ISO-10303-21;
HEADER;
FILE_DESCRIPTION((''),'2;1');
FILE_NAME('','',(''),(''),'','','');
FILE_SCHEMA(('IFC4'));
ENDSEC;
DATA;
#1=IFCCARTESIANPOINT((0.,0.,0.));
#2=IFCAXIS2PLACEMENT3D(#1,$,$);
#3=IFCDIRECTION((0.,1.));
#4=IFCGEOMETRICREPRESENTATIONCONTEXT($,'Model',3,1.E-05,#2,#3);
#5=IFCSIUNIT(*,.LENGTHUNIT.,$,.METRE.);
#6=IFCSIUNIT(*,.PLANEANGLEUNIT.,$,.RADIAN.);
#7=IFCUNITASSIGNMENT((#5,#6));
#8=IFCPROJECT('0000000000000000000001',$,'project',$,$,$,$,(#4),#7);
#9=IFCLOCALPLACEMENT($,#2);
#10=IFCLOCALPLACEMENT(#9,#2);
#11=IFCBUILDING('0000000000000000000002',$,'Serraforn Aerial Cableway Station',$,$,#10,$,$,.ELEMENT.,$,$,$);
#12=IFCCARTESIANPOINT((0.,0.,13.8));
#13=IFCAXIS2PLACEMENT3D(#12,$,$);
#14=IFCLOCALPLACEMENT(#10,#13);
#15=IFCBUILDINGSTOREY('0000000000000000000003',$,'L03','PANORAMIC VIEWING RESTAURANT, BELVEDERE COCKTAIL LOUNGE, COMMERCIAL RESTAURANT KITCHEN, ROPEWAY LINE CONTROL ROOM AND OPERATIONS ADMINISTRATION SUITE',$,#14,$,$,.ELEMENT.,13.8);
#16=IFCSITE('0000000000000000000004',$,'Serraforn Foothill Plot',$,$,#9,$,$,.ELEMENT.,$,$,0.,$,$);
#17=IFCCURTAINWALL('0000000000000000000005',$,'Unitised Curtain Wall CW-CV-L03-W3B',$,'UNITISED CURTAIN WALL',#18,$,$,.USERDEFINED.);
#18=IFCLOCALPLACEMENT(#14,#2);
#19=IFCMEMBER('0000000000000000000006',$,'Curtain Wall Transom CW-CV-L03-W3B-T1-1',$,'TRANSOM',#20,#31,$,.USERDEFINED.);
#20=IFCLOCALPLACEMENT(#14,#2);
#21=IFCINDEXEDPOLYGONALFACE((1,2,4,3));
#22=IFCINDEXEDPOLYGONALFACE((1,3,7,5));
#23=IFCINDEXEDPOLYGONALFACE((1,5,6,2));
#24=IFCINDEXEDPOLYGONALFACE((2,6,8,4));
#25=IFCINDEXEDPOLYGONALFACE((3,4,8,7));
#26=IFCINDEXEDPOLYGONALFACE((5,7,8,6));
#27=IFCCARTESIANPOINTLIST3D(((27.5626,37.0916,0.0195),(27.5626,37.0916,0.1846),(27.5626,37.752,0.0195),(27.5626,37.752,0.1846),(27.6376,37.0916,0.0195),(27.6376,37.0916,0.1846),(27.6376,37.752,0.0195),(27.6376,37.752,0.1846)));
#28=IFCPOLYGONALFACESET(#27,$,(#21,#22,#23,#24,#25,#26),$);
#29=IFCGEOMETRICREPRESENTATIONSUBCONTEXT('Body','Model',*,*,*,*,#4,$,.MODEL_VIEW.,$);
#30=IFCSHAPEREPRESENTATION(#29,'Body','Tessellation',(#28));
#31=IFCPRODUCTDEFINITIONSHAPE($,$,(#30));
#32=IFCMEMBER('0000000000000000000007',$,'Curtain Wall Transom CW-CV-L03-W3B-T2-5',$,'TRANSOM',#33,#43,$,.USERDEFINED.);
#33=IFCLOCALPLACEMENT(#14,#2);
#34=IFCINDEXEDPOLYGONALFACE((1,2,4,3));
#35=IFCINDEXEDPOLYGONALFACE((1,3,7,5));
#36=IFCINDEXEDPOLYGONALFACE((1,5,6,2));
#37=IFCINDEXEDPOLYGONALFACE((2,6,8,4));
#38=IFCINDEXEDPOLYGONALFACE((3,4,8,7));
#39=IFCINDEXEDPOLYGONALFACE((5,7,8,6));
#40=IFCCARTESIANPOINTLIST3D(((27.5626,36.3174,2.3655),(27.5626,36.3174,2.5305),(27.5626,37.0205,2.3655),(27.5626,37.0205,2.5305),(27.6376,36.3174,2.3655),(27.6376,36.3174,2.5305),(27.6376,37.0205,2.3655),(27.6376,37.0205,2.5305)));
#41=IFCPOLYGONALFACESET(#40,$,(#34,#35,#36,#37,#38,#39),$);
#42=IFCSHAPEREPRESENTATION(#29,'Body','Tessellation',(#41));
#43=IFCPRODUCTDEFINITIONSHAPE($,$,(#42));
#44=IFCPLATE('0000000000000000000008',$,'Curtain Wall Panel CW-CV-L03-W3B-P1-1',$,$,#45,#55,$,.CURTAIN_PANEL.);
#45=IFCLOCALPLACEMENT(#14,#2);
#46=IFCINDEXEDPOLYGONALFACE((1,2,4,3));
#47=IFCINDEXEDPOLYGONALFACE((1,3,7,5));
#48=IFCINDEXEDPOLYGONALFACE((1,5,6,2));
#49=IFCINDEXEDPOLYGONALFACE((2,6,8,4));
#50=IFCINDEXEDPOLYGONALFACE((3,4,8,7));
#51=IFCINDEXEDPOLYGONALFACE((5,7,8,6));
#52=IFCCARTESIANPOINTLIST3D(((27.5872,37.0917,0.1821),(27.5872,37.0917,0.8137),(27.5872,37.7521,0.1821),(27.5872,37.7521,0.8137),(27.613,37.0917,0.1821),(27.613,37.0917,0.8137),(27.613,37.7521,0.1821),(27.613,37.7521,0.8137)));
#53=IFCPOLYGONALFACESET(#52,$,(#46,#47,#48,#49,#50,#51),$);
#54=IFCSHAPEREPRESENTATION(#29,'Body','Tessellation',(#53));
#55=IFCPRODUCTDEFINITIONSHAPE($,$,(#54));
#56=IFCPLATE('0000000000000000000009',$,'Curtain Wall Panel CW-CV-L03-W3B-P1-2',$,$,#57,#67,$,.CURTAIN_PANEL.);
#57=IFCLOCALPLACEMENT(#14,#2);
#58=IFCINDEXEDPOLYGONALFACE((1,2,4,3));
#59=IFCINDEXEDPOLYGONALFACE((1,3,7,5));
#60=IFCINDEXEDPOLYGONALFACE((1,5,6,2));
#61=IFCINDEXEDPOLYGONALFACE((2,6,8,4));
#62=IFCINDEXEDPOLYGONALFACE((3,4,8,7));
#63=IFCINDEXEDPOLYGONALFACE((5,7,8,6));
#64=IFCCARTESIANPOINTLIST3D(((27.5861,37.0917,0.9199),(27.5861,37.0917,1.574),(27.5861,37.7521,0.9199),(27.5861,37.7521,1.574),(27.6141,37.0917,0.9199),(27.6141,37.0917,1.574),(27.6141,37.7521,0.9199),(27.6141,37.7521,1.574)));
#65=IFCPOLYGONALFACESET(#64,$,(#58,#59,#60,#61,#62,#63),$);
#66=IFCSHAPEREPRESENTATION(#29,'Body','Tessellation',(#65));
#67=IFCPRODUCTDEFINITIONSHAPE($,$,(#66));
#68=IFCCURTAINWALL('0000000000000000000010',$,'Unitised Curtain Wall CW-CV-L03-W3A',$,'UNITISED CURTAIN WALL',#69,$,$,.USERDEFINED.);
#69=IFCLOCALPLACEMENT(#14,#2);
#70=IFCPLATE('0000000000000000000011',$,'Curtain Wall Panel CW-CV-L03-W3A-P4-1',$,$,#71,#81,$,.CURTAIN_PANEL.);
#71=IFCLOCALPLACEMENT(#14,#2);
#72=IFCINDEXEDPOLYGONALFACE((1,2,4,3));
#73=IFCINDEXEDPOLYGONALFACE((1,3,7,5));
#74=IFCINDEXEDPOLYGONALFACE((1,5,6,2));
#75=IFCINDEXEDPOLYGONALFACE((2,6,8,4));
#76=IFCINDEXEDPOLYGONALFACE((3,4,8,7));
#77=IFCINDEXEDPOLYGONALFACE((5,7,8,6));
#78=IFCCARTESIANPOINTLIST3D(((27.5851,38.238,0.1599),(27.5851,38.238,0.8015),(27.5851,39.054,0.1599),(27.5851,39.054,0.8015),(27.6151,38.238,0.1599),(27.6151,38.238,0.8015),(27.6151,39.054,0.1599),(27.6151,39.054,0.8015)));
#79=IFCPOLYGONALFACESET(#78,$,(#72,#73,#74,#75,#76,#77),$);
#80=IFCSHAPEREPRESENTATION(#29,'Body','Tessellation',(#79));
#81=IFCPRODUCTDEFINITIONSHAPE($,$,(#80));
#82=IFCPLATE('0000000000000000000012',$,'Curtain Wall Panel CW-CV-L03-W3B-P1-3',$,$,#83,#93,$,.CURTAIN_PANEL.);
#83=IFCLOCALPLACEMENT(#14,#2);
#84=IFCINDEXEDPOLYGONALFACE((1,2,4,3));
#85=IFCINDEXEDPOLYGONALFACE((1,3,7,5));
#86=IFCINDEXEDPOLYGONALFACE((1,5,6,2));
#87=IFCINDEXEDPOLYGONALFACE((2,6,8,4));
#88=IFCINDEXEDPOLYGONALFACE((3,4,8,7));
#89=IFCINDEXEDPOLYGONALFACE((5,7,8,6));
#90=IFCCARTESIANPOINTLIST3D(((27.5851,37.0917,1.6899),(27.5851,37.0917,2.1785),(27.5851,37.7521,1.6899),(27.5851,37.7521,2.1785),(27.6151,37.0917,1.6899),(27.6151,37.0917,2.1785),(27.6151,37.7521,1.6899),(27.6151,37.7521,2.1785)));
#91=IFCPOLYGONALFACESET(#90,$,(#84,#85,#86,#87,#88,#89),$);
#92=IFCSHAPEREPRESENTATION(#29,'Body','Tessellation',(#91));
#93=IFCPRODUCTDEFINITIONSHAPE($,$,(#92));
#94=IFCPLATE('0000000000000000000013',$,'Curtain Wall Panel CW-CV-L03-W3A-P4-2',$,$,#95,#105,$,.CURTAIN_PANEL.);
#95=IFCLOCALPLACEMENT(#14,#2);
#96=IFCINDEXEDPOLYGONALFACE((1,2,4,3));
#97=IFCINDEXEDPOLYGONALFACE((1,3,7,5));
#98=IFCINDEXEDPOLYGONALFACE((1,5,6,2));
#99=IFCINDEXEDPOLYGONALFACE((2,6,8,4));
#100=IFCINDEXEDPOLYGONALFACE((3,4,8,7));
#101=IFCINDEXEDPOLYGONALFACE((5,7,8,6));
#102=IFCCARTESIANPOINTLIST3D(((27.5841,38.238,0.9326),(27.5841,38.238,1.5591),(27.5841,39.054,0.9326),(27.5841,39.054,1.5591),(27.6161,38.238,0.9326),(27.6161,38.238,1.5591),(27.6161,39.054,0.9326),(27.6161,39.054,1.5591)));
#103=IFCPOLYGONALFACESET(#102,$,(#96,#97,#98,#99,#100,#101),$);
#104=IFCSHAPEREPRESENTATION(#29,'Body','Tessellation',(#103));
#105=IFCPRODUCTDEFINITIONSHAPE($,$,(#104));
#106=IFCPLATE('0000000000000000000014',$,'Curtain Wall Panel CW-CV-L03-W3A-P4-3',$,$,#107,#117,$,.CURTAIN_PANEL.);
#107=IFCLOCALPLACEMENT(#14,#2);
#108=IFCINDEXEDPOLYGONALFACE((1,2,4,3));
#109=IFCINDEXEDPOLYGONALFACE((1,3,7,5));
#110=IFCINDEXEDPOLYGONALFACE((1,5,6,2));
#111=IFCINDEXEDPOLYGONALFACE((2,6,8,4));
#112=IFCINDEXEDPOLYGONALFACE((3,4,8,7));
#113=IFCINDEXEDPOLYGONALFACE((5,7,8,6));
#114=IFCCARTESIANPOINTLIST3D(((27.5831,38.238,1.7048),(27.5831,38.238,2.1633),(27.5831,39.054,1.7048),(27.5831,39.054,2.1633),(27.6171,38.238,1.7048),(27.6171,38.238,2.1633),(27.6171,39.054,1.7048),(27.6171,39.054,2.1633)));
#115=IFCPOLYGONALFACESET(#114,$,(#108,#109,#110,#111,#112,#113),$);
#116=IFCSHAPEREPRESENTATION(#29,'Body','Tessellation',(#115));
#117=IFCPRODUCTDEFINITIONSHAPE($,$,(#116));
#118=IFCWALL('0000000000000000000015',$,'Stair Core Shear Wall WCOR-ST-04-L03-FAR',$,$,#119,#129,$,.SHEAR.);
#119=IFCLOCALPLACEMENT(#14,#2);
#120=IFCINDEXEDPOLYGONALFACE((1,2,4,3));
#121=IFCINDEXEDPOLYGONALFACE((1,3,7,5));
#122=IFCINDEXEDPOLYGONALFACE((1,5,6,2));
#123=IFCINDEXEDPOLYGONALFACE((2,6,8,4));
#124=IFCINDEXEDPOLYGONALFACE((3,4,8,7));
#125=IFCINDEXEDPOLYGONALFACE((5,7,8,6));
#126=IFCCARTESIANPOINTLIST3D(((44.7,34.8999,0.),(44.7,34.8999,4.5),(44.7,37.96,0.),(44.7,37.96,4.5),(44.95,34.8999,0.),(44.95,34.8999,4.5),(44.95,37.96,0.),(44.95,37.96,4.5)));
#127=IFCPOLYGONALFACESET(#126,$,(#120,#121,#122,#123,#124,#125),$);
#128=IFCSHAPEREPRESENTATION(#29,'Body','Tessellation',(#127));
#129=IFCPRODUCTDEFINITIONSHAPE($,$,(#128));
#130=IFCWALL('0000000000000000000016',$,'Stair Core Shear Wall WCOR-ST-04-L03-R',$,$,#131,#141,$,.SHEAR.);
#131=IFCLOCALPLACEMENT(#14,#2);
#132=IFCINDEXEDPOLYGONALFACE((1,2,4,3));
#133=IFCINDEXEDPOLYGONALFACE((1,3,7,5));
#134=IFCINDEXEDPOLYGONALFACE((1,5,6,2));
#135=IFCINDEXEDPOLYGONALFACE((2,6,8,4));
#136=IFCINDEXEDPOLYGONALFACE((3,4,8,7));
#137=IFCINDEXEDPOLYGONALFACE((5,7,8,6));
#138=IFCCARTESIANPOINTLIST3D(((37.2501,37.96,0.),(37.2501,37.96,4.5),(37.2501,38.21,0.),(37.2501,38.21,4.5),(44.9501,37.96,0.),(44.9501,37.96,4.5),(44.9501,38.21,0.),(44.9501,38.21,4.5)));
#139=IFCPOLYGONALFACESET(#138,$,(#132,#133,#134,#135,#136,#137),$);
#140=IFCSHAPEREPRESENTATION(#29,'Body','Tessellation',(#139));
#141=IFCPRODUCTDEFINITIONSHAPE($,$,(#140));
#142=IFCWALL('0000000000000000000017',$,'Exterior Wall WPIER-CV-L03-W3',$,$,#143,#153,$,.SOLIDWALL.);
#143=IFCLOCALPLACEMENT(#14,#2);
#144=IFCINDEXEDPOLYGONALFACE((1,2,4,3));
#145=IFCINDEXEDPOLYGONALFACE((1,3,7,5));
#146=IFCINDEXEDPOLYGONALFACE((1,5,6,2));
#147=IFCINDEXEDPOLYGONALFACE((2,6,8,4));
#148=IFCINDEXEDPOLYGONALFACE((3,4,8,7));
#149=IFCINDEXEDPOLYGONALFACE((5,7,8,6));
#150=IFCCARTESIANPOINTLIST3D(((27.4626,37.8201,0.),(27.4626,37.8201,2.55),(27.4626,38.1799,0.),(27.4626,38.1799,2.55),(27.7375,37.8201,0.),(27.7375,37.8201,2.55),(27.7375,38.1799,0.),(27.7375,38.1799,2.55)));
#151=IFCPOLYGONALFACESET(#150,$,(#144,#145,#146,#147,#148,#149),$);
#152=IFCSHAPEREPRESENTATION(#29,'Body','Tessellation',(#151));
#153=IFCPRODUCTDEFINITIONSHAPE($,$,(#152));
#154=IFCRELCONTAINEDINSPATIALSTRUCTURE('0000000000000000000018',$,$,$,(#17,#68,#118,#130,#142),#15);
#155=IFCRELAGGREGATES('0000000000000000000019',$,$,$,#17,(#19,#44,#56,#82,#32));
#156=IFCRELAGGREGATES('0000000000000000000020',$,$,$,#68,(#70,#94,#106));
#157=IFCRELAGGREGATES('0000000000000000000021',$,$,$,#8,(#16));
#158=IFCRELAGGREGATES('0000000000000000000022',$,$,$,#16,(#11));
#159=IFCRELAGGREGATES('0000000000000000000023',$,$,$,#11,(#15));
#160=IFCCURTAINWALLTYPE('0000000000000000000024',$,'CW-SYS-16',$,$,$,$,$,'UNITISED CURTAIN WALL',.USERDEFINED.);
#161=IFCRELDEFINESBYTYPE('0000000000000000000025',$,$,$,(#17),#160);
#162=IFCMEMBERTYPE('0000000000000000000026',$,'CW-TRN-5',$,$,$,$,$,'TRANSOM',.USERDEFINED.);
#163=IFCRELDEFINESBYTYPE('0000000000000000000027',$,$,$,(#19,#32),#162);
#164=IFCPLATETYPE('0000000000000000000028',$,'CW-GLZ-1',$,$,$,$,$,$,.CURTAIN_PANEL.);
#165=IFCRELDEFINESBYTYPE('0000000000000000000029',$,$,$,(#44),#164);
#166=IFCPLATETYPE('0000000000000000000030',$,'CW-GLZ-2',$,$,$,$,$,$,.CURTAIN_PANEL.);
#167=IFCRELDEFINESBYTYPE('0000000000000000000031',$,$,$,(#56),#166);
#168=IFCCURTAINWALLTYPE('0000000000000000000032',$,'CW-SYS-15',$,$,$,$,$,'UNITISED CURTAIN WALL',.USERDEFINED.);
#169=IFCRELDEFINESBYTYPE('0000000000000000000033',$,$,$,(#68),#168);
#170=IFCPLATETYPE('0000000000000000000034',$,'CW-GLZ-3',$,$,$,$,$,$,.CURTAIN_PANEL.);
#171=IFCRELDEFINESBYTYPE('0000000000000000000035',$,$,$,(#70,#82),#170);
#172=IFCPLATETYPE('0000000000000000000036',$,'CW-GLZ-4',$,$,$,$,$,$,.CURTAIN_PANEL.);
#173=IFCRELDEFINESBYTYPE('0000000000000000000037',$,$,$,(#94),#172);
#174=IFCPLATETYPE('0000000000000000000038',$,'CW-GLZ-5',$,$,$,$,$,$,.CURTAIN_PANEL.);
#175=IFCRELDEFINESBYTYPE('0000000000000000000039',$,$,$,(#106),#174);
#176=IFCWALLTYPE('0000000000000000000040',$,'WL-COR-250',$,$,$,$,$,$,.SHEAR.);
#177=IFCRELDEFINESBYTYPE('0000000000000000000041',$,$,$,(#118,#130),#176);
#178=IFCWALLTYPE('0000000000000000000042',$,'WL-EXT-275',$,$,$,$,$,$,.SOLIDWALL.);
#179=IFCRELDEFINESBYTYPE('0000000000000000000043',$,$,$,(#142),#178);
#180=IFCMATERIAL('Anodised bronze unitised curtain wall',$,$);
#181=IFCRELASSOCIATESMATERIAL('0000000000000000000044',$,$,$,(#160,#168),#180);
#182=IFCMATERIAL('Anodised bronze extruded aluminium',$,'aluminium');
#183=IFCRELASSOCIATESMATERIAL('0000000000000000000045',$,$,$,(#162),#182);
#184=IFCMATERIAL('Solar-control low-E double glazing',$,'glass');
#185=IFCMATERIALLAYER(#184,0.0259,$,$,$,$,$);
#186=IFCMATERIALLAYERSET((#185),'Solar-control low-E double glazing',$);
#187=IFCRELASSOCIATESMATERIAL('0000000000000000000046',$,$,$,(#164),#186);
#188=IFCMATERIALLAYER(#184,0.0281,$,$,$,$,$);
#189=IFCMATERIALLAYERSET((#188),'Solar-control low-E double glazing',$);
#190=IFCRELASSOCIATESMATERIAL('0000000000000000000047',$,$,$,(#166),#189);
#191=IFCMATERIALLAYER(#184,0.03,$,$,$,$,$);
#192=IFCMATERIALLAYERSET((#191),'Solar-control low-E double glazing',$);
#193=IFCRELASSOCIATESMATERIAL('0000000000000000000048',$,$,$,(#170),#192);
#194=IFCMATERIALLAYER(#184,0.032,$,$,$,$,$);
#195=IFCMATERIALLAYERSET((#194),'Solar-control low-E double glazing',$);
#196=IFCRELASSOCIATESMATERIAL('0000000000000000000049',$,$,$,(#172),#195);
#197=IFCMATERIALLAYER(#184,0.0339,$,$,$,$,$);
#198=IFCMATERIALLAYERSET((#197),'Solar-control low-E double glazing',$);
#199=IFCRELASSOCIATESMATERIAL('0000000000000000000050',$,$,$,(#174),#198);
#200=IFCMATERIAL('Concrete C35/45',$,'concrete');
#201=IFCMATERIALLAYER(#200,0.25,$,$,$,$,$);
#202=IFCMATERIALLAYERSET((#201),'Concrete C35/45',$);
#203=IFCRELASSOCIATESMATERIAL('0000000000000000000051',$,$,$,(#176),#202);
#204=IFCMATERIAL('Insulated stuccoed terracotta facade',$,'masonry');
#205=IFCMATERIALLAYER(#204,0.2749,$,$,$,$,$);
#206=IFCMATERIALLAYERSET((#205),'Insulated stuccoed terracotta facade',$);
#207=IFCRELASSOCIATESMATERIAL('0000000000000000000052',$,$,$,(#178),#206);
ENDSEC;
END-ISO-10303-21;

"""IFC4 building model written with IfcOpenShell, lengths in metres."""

from ifc_helpers import new_model, si_unit, direction, frame, frame_2d, origin, origin_2d, place, context, subcontext, project, spatial, rectangle, extrude, material, layer, layer_set, material_profile, profile_set, type_object, element, aggregate, save


model = new_model("IFC4")

# Units and contexts
model_context = context("Model", 3, precision=1e-05, world=origin(), true_north=direction((0.0, 1.0)))
body_context = subcontext(model_context, "Body", "Model", "MODEL_VIEW")
ifc_project = project(units=[si_unit("LENGTHUNIT", "METRE"), si_unit("PLANEANGLEUNIT", "RADIAN")], contexts=[model_context])

# Site, building, storey
site_placement = place(None, origin())
site = spatial("IfcSite", under=ifc_project, at=site_placement, Name="Serraforn Foothill Plot", CompositionType="ELEMENT", RefElevation=0.0)
building_placement = place(site_placement, origin())
building = spatial("IfcBuilding", under=site, at=building_placement, Name="Serraforn Aerial Cableway Station", CompositionType="ELEMENT")
storey_placement = place(building_placement, frame((0.0, 0.0, 13.8)))
storey = spatial("IfcBuildingStorey", under=building, at=storey_placement, Name="L03", Description="PANORAMIC VIEWING RESTAURANT, BELVEDERE COCKTAIL LOUNGE, COMMERCIAL RESTAURANT KITCHEN, ROPEWAY LINE CONTROL ROOM AND OPERATIONS ADMINISTRATION SUITE", CompositionType="ELEMENT", Elevation=13.8)

# Curtain wall, members, plates
ifc_material_1 = material(Name="Anodised bronze unitised curtain wall")
curtain_wall_type_1 = type_object("IfcCurtainWallType", Name="CW-SYS-16", ElementType="UNITISED CURTAIN WALL", PredefinedType="USERDEFINED", material=ifc_material_1)
curtain_wall_1_placement = place(storey_placement, origin())
curtain_wall_1 = element("IfcCurtainWall", 1, at=curtain_wall_1_placement, inside=storey, type_object=curtain_wall_type_1, Name="Unitised Curtain Wall CW-CV-L03-W3B", ObjectType="UNITISED CURTAIN WALL", PredefinedType="USERDEFINED")
ifc_material_2 = material(Name="Anodised bronze extruded aluminium", Category="aluminium")
ifc_material_profile_1 = material_profile(ifc_material_2, rectangle(XDim=0.075, YDim=0.165, at=origin_2d()), Name="CW TRANSOM 75x165")
ifc_profile_set_1 = profile_set([ifc_material_profile_1], Name="Anodised bronze extruded aluminium")
member_type_1 = type_object("IfcMemberType", Name="CW-TRN-5", ElementType="TRANSOM", PredefinedType="USERDEFINED", material=ifc_profile_set_1)
member_1_placement = place(storey_placement, frame((27.6001, 37.752, 0.1021), z_axis=(0.0, -1.0, 0.0), x_axis=(1.0, 0.0, 0.0)))
member_1 = element("IfcMember", 2, at=member_1_placement, type_object=member_type_1, Name="Curtain Wall Transom CW-CV-L03-W3B-T1-1", ObjectType="TRANSOM", PredefinedType="USERDEFINED", context=body_context, shape_type="SweptSolid", body=[
    extrude(rectangle(XDim=0.075, YDim=0.165, at=origin_2d()), origin(), (0.0, 0.0, 1.0), 0.6604),
])
member_2_placement = place(storey_placement, frame((27.6001, 37.0205, 2.448), z_axis=(0.0, -1.0, 0.0), x_axis=(1.0, 0.0, 0.0)))
member_2 = element("IfcMember", 3, at=member_2_placement, type_object=member_type_1, Name="Curtain Wall Transom CW-CV-L03-W3B-T2-5", ObjectType="TRANSOM", PredefinedType="USERDEFINED", context=body_context, shape_type="SweptSolid", body=[
    extrude(rectangle(XDim=0.075, YDim=0.165, at=origin_2d()), origin(), (0.0, 0.0, 1.0), 0.7031),
])
ifc_material_3 = material(Name="Solar-control low-E double glazing", Category="glass")
ifc_layer_1 = layer(ifc_material_3, 0.0259)
ifc_layer_set_1 = layer_set([ifc_layer_1], Name="Solar-control low-E double glazing")
plate_type_1 = type_object("IfcPlateType", Name="CW-GLZ-1", PredefinedType="CURTAIN_PANEL", material=ifc_layer_set_1)
plate_1_placement = place(storey_placement, frame((27.6001, 37.4219, 0.1821), z_axis=(0.0, 0.0, 1.0), x_axis=(1.0, 0.0, 0.0)))
plate_1 = element("IfcPlate", 4, at=plate_1_placement, type_object=plate_type_1, Name="Curtain Wall Panel CW-CV-L03-W3B-P1-1", PredefinedType="CURTAIN_PANEL", context=body_context, shape_type="SweptSolid", body=[
    extrude(rectangle(XDim=0.0259, YDim=0.6604, at=origin_2d()), origin(), (0.0, 0.0, 1.0), 0.6316),
])
ifc_layer_2 = layer(ifc_material_3, 0.0281)
ifc_layer_set_2 = layer_set([ifc_layer_2], Name="Solar-control low-E double glazing")
plate_type_2 = type_object("IfcPlateType", Name="CW-GLZ-2", PredefinedType="CURTAIN_PANEL", material=ifc_layer_set_2)
plate_2_placement = place(storey_placement, frame((27.6001, 37.4219, 0.9199), z_axis=(0.0, 0.0, 1.0), x_axis=(1.0, 0.0, 0.0)))
plate_2 = element("IfcPlate", 5, at=plate_2_placement, type_object=plate_type_2, Name="Curtain Wall Panel CW-CV-L03-W3B-P1-2", PredefinedType="CURTAIN_PANEL", context=body_context, shape_type="SweptSolid", body=[
    extrude(rectangle(XDim=0.0281, YDim=0.6604, at=origin_2d()), origin(), (0.0, 0.0, 1.0), 0.6541),
])

# Curtain wall, plate
curtain_wall_type_2 = type_object("IfcCurtainWallType", Name="CW-SYS-15", ElementType="UNITISED CURTAIN WALL", PredefinedType="USERDEFINED", material=ifc_material_1)
curtain_wall_2_placement = place(storey_placement, origin())
curtain_wall_2 = element("IfcCurtainWall", 6, at=curtain_wall_2_placement, inside=storey, type_object=curtain_wall_type_2, Name="Unitised Curtain Wall CW-CV-L03-W3A", ObjectType="UNITISED CURTAIN WALL", PredefinedType="USERDEFINED")
ifc_layer_3 = layer(ifc_material_3, 0.03)
ifc_layer_set_3 = layer_set([ifc_layer_3], Name="Solar-control low-E double glazing")
plate_type_3 = type_object("IfcPlateType", Name="CW-GLZ-3", PredefinedType="CURTAIN_PANEL", material=ifc_layer_set_3)
plate_3_placement = place(storey_placement, frame((27.6001, 38.646, 0.1599), z_axis=(0.0, 0.0, 1.0), x_axis=(1.0, 0.0, 0.0)))
plate_3 = element("IfcPlate", 7, at=plate_3_placement, type_object=plate_type_3, Name="Curtain Wall Panel CW-CV-L03-W3A-P4-1", PredefinedType="CURTAIN_PANEL", context=body_context, shape_type="SweptSolid", body=[
    extrude(rectangle(XDim=0.03, YDim=0.8159, at=origin_2d()), origin(), (0.0, 0.0, 1.0), 0.6416),
])

# Plates
plate_4_placement = place(storey_placement, frame((27.6001, 37.4219, 1.6899), z_axis=(0.0, 0.0, 1.0), x_axis=(1.0, 0.0, 0.0)))
plate_4 = element("IfcPlate", 8, at=plate_4_placement, type_object=plate_type_3, Name="Curtain Wall Panel CW-CV-L03-W3B-P1-3", PredefinedType="CURTAIN_PANEL", context=body_context, shape_type="SweptSolid", body=[
    extrude(rectangle(XDim=0.03, YDim=0.6604, at=origin_2d()), origin(), (0.0, 0.0, 1.0), 0.4885),
])
aggregate(curtain_wall_1, [member_1, plate_1, plate_2, plate_4, member_2])
ifc_layer_4 = layer(ifc_material_3, 0.032)
ifc_layer_set_4 = layer_set([ifc_layer_4], Name="Solar-control low-E double glazing")
plate_type_4 = type_object("IfcPlateType", Name="CW-GLZ-4", PredefinedType="CURTAIN_PANEL", material=ifc_layer_set_4)
plate_5_placement = place(storey_placement, frame((27.6001, 38.646, 0.9326), z_axis=(0.0, 0.0, 1.0), x_axis=(1.0, 0.0, 0.0)))
plate_5 = element("IfcPlate", 9, at=plate_5_placement, type_object=plate_type_4, Name="Curtain Wall Panel CW-CV-L03-W3A-P4-2", PredefinedType="CURTAIN_PANEL", context=body_context, shape_type="SweptSolid", body=[
    extrude(rectangle(XDim=0.032, YDim=0.8159, at=origin_2d()), origin(), (0.0, 0.0, 1.0), 0.6265),
])
ifc_layer_5 = layer(ifc_material_3, 0.0339)
ifc_layer_set_5 = layer_set([ifc_layer_5], Name="Solar-control low-E double glazing")
plate_type_5 = type_object("IfcPlateType", Name="CW-GLZ-5", PredefinedType="CURTAIN_PANEL", material=ifc_layer_set_5)
plate_6_placement = place(storey_placement, frame((27.6001, 38.646, 1.7048), z_axis=(0.0, 0.0, 1.0), x_axis=(1.0, 0.0, 0.0)))
plate_6 = element("IfcPlate", 10, at=plate_6_placement, type_object=plate_type_5, Name="Curtain Wall Panel CW-CV-L03-W3A-P4-3", PredefinedType="CURTAIN_PANEL", context=body_context, shape_type="SweptSolid", body=[
    extrude(rectangle(XDim=0.0339, YDim=0.8159, at=origin_2d()), origin(), (0.0, 0.0, 1.0), 0.4585),
])
aggregate(curtain_wall_2, [plate_3, plate_5, plate_6])

# Walls
ifc_material_4 = material(Name="Concrete C35/45", Category="concrete")
ifc_layer_6 = layer(ifc_material_4, 0.25)
ifc_layer_set_6 = layer_set([ifc_layer_6], Name="Concrete C35/45")
wall_type_1 = type_object("IfcWallType", Name="WL-COR-250", PredefinedType="SHEAR", material=ifc_layer_set_6)
wall_1_placement = place(storey_placement, frame((44.825, 34.8999, 0.0), z_axis=(0.0, 0.0, 1.0), x_axis=(0.0, 1.0, 0.0)))
element("IfcWall", 11, at=wall_1_placement, inside=storey, type_object=wall_type_1, Name="Stair Core Shear Wall WCOR-ST-04-L03-FAR", PredefinedType="SHEAR", context=body_context, shape_type="SweptSolid", body=[
    extrude(rectangle(XDim=3.0601, YDim=0.25, at=frame_2d((1.53, 0.0))), origin(), (0.0, 0.0, 1.0), 4.5),
])
wall_2_placement = place(storey_placement, frame((37.25, 38.085, 0.0), z_axis=(0.0, 0.0, 1.0), x_axis=(1.0, 0.0, 0.0)))
element("IfcWall", 12, at=wall_2_placement, inside=storey, type_object=wall_type_1, Name="Stair Core Shear Wall WCOR-ST-04-L03-R", PredefinedType="SHEAR", context=body_context, shape_type="SweptSolid", body=[
    extrude(rectangle(XDim=7.7, YDim=0.25, at=frame_2d((3.8501, 0.0))), origin(), (0.0, 0.0, 1.0), 4.5),
])
ifc_material_5 = material(Name="Insulated stuccoed terracotta facade", Category="masonry")
ifc_layer_7 = layer(ifc_material_5, 0.2749)
ifc_layer_set_7 = layer_set([ifc_layer_7], Name="Insulated stuccoed terracotta facade")
wall_type_2 = type_object("IfcWallType", Name="WL-EXT-275", PredefinedType="SOLIDWALL", material=ifc_layer_set_7)
wall_3_placement = place(storey_placement, frame((27.6001, 38.1799, 0.0), z_axis=(0.0, 0.0, 1.0), x_axis=(0.0, -1.0, 0.0)))
element("IfcWall", 13, at=wall_3_placement, inside=storey, type_object=wall_type_2, Name="Exterior Wall WPIER-CV-L03-W3", PredefinedType="SOLIDWALL", context=body_context, shape_type="SweptSolid", body=[
    extrude(rectangle(XDim=0.3599, YDim=0.2749, at=frame_2d((0.1799, 0.0))), origin(), (0.0, 0.0, 1.0), 2.55),
])

save(model, "model.ifc")
